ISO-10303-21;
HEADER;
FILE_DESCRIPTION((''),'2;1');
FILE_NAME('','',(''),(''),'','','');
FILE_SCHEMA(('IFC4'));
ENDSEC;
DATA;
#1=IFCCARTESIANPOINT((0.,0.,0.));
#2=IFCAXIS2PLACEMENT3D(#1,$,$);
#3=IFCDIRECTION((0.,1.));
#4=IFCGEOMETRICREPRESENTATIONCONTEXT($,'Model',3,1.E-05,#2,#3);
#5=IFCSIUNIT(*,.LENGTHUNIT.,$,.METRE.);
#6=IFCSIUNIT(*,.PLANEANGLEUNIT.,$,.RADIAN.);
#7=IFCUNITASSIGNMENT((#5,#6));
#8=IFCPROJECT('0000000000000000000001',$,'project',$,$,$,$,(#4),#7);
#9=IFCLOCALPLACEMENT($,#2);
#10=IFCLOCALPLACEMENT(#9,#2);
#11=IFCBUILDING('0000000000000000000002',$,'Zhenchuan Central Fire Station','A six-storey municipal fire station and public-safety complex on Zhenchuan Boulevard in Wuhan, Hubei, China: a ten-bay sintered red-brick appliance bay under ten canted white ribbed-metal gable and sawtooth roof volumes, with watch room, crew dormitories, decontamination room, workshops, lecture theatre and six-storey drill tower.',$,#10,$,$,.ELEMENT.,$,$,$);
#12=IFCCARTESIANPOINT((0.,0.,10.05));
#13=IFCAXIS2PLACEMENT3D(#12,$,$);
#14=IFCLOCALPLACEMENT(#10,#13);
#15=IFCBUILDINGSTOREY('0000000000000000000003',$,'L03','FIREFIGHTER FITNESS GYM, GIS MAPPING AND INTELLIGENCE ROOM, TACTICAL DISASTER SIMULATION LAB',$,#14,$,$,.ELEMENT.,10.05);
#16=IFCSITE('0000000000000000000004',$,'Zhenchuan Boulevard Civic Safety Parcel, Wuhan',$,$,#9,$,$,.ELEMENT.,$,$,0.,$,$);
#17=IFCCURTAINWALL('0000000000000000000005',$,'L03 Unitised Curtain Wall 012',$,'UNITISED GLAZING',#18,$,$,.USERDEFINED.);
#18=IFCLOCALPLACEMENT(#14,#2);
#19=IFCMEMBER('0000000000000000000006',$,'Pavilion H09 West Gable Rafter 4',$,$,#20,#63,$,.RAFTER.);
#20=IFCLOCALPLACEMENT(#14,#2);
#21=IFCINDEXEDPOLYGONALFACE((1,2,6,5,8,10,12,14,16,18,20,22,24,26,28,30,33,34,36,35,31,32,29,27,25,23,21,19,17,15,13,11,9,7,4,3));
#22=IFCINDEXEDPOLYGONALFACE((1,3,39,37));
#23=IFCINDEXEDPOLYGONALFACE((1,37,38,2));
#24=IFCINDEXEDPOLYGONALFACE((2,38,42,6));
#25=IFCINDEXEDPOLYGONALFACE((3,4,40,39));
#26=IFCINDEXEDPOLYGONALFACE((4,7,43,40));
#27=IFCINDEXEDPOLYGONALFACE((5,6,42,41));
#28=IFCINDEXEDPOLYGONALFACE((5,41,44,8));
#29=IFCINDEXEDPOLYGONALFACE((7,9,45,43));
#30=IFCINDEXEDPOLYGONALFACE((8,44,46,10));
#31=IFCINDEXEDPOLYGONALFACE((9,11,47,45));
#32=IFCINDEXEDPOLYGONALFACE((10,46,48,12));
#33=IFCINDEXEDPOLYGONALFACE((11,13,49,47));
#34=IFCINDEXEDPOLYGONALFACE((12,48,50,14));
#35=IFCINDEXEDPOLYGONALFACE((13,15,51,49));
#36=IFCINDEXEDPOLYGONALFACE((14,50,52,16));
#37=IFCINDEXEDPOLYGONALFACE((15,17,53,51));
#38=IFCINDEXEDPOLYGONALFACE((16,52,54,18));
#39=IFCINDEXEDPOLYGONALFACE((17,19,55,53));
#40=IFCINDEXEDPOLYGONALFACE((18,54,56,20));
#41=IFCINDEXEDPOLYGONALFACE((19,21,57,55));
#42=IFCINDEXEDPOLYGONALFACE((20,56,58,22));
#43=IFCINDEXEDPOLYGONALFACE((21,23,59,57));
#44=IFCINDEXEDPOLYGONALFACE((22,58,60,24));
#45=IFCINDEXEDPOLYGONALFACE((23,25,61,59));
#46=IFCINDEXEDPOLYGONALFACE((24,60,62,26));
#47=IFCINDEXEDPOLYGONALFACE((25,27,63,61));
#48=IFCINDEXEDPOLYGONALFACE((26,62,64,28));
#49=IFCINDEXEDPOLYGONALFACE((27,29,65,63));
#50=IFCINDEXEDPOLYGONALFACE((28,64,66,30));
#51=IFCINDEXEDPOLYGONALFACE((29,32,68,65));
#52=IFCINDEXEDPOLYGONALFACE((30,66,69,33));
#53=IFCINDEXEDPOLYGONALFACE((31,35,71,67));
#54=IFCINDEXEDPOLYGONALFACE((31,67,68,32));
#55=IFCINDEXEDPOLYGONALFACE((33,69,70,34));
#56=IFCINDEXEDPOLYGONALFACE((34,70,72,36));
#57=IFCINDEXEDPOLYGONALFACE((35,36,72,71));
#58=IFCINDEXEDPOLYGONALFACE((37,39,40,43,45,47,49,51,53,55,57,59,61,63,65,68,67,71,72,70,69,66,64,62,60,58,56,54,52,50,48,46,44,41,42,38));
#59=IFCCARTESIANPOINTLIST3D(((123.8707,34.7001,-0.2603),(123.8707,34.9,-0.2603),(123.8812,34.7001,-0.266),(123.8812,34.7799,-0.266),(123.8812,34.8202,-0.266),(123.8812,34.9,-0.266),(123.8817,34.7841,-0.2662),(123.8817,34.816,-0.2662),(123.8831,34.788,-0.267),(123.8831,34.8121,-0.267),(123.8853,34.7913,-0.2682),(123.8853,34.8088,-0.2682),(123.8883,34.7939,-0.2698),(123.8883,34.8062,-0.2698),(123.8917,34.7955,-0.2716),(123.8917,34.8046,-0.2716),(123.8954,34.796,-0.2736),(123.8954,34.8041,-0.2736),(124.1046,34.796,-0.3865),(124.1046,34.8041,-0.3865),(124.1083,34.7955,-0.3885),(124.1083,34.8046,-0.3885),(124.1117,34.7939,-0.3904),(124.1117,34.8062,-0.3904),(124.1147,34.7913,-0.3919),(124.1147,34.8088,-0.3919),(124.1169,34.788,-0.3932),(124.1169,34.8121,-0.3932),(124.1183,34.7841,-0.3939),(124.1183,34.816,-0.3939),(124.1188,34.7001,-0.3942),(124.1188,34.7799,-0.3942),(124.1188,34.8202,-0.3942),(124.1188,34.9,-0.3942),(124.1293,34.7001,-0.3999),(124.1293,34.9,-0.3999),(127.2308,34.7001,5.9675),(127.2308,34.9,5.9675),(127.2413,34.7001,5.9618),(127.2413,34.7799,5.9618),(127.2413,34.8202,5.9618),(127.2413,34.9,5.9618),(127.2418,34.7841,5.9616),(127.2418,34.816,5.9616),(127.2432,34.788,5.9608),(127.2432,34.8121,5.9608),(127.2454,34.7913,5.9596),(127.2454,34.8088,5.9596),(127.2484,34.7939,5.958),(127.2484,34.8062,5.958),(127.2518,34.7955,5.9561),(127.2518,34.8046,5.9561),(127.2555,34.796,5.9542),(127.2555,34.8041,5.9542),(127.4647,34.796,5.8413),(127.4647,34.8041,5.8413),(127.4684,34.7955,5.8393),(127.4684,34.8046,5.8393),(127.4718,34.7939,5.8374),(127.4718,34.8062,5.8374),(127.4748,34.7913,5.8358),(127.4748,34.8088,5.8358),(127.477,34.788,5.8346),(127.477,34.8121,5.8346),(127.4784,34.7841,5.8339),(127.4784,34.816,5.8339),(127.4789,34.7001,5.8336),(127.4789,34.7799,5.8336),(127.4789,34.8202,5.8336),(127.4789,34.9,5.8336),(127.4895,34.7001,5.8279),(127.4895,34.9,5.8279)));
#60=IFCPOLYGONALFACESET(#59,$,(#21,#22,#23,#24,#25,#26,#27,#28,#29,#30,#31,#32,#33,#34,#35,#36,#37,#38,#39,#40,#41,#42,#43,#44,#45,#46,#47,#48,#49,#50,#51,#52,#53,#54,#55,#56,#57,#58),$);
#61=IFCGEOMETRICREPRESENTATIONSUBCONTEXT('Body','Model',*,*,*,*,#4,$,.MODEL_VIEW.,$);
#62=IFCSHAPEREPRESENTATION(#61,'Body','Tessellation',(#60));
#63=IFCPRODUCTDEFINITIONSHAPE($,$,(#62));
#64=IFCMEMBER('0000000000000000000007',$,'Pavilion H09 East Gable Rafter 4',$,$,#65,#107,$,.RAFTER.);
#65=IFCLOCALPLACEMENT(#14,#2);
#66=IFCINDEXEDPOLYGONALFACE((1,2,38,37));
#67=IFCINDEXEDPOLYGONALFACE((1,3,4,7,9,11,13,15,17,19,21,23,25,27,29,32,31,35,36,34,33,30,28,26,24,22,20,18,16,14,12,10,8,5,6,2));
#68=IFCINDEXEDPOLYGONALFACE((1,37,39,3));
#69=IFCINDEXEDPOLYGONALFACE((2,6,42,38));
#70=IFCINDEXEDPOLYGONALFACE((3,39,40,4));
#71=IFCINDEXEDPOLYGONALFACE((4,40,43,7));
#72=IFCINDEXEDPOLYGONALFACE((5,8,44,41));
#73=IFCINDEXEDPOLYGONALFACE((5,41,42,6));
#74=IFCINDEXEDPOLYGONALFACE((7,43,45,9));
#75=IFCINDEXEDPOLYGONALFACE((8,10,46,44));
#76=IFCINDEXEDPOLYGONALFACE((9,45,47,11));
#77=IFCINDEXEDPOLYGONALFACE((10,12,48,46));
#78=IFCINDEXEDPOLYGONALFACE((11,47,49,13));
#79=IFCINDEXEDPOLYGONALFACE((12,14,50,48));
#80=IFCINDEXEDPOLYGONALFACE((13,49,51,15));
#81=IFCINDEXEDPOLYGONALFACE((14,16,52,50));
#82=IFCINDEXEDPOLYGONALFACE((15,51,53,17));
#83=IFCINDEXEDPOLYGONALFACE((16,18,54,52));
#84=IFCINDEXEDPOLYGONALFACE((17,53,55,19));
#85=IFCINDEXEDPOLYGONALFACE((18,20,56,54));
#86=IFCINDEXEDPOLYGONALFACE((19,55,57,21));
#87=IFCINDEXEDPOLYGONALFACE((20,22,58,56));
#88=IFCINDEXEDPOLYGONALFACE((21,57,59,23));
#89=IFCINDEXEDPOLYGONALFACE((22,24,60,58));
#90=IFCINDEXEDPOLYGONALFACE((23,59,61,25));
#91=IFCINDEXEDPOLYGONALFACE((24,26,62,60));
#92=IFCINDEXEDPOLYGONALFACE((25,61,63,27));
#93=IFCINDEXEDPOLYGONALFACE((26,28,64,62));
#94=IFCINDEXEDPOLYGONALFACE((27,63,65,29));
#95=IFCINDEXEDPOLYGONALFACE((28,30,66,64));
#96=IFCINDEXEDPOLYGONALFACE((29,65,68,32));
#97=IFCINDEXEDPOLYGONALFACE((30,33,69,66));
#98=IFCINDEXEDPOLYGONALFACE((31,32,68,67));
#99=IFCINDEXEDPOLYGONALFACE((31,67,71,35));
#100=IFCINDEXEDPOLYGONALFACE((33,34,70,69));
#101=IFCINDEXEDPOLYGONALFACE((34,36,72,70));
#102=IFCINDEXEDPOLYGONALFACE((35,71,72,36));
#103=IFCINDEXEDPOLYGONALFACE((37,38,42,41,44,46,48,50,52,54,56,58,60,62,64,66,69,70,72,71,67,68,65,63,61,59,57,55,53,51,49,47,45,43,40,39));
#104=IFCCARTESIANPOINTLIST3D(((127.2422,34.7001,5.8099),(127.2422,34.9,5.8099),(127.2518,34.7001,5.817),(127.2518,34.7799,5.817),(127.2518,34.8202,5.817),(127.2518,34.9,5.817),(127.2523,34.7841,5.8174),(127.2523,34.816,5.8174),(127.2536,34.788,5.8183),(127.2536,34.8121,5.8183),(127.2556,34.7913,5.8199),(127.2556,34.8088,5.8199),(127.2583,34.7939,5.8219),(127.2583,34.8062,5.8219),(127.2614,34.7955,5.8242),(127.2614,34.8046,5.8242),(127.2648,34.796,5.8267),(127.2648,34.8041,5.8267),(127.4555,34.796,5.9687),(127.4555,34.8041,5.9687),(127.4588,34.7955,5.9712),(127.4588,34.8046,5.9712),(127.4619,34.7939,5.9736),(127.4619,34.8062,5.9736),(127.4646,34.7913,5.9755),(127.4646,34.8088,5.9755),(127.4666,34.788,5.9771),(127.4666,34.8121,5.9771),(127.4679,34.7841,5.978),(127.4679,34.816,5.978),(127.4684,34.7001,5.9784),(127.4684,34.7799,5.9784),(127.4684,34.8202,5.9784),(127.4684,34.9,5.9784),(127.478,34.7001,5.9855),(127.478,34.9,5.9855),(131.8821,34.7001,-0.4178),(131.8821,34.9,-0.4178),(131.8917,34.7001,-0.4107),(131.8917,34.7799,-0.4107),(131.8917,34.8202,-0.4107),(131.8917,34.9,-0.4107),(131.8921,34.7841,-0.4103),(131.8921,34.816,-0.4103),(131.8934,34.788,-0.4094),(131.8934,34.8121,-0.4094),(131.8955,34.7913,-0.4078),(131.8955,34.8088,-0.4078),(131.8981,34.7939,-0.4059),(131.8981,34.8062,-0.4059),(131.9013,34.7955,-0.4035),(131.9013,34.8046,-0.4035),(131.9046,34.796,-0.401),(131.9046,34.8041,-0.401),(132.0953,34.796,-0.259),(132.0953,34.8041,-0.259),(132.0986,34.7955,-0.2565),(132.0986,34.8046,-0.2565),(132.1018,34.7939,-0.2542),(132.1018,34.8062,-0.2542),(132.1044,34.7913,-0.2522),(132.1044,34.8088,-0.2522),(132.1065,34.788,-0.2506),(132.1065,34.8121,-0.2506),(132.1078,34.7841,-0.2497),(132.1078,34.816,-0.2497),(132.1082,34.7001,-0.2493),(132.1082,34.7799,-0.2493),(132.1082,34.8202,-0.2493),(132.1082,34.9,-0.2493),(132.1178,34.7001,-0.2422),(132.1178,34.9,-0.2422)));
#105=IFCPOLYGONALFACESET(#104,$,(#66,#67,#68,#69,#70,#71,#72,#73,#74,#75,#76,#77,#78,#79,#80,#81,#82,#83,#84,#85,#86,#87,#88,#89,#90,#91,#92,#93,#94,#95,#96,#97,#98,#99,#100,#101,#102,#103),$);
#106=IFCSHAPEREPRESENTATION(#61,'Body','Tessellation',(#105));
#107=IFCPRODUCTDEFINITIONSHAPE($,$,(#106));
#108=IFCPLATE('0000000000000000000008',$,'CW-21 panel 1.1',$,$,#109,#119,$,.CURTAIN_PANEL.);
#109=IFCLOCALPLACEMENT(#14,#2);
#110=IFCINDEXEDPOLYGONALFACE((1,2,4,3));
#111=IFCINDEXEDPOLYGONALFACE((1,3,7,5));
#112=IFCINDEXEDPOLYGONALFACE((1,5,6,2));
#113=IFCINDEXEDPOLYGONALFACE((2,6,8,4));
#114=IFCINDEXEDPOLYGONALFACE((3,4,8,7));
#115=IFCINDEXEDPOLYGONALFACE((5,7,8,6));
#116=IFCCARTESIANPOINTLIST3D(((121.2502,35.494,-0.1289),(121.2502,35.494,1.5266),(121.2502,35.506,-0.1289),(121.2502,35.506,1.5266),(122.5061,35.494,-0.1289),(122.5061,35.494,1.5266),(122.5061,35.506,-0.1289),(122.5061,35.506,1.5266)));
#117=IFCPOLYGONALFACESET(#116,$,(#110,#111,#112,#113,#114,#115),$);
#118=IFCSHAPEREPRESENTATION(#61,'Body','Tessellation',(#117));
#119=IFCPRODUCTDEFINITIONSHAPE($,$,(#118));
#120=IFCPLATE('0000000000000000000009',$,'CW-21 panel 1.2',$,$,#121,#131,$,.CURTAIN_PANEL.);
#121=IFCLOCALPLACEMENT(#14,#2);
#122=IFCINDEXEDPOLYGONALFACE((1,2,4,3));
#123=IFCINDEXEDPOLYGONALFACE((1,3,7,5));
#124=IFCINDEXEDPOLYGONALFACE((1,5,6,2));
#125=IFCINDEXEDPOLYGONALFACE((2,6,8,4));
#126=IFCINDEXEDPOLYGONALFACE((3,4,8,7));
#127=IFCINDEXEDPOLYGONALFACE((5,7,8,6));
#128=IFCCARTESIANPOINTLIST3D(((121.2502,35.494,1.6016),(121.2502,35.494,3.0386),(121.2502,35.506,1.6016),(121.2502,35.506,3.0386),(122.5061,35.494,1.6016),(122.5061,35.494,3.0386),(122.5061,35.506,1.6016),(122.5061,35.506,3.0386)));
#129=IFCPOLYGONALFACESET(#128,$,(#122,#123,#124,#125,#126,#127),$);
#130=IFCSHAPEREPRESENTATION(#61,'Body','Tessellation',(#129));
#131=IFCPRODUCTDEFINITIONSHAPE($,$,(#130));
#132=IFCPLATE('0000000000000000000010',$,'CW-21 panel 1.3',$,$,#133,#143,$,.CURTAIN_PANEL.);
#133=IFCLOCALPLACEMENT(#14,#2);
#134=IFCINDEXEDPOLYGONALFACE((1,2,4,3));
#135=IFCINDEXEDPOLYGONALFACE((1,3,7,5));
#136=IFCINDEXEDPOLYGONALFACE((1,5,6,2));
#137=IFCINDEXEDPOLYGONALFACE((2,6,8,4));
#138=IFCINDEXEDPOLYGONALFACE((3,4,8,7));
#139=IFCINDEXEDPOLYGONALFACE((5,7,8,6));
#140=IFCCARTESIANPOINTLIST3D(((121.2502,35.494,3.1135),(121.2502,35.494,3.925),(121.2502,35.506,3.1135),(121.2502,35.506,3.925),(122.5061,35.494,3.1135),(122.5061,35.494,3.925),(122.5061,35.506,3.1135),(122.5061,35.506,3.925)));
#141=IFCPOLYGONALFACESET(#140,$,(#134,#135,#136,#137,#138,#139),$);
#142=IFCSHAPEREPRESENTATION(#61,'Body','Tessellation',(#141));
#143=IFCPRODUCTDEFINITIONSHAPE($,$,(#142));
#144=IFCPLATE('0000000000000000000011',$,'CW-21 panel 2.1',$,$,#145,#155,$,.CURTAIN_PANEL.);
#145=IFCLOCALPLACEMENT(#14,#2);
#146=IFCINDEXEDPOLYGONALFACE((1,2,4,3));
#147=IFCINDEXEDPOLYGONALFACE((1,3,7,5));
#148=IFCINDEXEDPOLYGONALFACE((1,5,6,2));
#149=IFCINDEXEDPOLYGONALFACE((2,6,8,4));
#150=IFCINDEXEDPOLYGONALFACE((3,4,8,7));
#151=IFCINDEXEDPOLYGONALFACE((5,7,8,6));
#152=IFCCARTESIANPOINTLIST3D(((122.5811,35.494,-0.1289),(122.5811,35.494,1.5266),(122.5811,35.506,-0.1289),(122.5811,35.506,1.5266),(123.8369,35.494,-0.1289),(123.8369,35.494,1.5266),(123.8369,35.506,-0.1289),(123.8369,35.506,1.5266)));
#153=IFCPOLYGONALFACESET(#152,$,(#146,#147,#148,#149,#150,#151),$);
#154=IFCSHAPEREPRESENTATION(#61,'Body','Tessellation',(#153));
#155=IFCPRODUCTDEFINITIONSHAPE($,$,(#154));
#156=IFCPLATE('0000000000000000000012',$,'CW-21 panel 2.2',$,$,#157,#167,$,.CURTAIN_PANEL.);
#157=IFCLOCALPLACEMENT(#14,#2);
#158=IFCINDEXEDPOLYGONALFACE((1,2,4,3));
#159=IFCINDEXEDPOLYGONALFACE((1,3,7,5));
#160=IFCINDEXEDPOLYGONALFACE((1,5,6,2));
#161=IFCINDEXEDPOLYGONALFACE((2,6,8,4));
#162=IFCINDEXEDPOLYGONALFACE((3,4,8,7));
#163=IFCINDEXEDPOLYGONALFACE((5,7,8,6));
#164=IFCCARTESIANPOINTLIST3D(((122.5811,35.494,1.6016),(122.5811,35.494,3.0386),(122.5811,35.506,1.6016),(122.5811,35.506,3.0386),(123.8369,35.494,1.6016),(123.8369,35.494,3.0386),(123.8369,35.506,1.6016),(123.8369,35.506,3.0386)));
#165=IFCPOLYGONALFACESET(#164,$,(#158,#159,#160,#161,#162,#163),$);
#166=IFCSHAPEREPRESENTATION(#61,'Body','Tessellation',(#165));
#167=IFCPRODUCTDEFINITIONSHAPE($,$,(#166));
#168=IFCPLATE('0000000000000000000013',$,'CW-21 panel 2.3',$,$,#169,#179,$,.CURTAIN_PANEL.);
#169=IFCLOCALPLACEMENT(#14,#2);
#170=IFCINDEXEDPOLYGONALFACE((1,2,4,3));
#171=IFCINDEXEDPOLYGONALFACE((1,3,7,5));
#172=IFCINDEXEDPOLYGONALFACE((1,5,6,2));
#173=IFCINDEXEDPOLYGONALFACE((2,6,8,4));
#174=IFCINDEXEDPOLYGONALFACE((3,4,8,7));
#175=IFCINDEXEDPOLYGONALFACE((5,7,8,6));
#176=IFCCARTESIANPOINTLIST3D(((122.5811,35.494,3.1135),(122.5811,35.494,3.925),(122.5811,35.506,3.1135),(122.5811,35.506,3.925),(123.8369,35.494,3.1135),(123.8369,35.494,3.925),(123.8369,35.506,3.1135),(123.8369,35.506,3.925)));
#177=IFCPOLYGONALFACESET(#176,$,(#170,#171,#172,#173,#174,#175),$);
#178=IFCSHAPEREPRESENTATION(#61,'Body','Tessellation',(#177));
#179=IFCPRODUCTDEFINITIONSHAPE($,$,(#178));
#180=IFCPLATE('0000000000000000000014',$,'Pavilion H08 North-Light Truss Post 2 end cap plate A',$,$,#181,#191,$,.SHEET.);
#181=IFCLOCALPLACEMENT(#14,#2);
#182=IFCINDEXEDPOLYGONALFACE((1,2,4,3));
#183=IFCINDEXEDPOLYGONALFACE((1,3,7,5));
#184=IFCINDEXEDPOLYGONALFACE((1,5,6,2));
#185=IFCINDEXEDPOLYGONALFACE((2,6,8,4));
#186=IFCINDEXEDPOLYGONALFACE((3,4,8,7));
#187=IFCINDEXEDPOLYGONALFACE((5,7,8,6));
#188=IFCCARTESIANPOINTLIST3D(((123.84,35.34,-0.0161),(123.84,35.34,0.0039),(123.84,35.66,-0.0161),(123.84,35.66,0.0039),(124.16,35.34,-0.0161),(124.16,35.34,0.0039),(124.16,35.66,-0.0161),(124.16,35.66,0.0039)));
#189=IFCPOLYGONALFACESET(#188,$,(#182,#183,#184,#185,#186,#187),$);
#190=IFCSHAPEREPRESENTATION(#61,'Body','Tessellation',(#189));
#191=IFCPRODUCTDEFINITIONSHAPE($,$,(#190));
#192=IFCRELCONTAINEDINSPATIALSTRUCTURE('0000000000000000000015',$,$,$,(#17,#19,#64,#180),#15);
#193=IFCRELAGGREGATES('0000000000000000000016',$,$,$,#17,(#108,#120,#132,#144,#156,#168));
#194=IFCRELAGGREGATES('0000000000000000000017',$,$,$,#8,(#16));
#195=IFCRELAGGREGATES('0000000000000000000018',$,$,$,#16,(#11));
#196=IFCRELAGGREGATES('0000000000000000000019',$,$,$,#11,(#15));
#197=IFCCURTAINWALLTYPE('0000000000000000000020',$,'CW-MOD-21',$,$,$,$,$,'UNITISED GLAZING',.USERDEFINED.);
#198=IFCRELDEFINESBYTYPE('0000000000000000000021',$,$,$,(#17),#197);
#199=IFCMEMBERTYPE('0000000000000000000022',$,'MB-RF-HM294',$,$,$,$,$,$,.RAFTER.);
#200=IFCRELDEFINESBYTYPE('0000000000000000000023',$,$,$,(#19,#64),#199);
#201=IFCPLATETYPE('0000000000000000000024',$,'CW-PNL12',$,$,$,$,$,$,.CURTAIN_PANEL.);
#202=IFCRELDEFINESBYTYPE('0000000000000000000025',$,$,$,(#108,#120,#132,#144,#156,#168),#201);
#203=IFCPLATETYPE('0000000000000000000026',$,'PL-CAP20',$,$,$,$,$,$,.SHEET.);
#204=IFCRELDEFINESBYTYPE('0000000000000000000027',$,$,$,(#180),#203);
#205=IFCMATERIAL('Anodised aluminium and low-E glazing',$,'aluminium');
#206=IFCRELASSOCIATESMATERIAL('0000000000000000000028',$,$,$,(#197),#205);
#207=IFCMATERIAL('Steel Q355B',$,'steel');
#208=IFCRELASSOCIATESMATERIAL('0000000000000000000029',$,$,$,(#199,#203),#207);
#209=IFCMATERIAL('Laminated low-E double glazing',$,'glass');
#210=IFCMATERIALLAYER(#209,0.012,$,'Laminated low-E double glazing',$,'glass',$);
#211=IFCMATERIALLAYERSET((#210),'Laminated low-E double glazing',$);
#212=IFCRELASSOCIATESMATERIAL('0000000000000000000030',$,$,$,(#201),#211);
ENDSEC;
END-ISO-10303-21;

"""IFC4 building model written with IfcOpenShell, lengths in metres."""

from ifc_helpers import new_model, si_unit, direction, frame, origin, origin_2d, place, context, subcontext, project, spatial, rectangle, i_section, extrude, material, layer, layer_set, material_profile, profile_set, type_object, element, aggregate, save


model = new_model("IFC4")

# Units and contexts
model_context = context("Model", 3, precision=1e-05, world=origin(), true_north=direction((0.0, 1.0)))
body_context = subcontext(model_context, "Body", "Model", "MODEL_VIEW")
ifc_project = project(units=[si_unit("LENGTHUNIT", "METRE"), si_unit("PLANEANGLEUNIT", "RADIAN")], contexts=[model_context])

# Site, building, storey
site_placement = place(None, origin())
site = spatial("IfcSite", under=ifc_project, at=site_placement, Name="Zhenchuan Boulevard Civic Safety Parcel, Wuhan", CompositionType="ELEMENT", RefElevation=0.0)
building_placement = place(site_placement, origin())
building = spatial("IfcBuilding", under=site, at=building_placement, Name="Zhenchuan Central Fire Station", Description="A six-storey municipal fire station and public-safety complex on Zhenchuan Boulevard in Wuhan, Hubei, China: a ten-bay sintered red-brick appliance bay under ten canted white ribbed-metal gable and sawtooth roof volumes, with watch room, crew dormitories, decontamination room, workshops, lecture theatre and six-storey drill tower.", CompositionType="ELEMENT")
storey_placement = place(building_placement, frame((0.0, 0.0, 10.05)))
storey = spatial("IfcBuildingStorey", under=building, at=storey_placement, Name="L03", Description="FIREFIGHTER FITNESS GYM, GIS MAPPING AND INTELLIGENCE ROOM, TACTICAL DISASTER SIMULATION LAB", CompositionType="ELEMENT", Elevation=10.05)

# Shared definitions
ifc_material_1 = material(Name="Steel Q355B", Category="steel")

# Curtain wall
ifc_material_2 = material(Name="Anodised aluminium and low-E glazing", Category="aluminium")
curtain_wall_type = type_object("IfcCurtainWallType", Name="CW-MOD-21", ElementType="UNITISED GLAZING", PredefinedType="USERDEFINED", material=ifc_material_2)
curtain_wall_1_placement = place(storey_placement, origin())
curtain_wall_1 = element("IfcCurtainWall", 1, at=curtain_wall_1_placement, inside=storey, type_object=curtain_wall_type, Name="L03 Unitised Curtain Wall 012", ObjectType="UNITISED GLAZING", PredefinedType="USERDEFINED")

# Members
ifc_material_profile_1 = material_profile(ifc_material_1, i_section(OverallWidth=0.2, OverallDepth=0.2939, WebThickness=0.0081, FlangeThickness=0.012, FilletRadius=0.0161, at=origin_2d()), Name="HM 294x200")
ifc_profile_set_1 = profile_set([ifc_material_profile_1], Name="Steel Q355B")
member_type_1 = type_object("IfcMemberType", Name="MB-RF-HM294", PredefinedType="RAFTER", material=ifc_profile_set_1)
member_1_placement = place(storey_placement, frame((124.0, 34.8, -0.3301), z_axis=(0.474832, 0.0, 0.880076), x_axis=(0.0, 1.0, 0.0)))
element("IfcMember", 2, at=member_1_placement, inside=storey, type_object=member_type_1, Name="Pavilion H09 West Gable Rafter 4", PredefinedType="RAFTER", context=body_context, shape_type="SweptSolid", body=[
    extrude(i_section(OverallWidth=0.2, OverallDepth=0.2939, WebThickness=0.0081, FlangeThickness=0.012, FilletRadius=0.0161, at=origin_2d()), origin(), (0.0, 0.0, 1.0), 7.0764),
])
member_2_placement = place(storey_placement, frame((127.3601, 34.8, 5.8977), z_axis=(0.597447, 0.0, -0.801909), x_axis=(0.0, 1.0, 0.0)))
element("IfcMember", 3, at=member_2_placement, inside=storey, type_object=member_type_1, Name="Pavilion H09 East Gable Rafter 4", PredefinedType="RAFTER", context=body_context, shape_type="SweptSolid", body=[
    extrude(i_section(OverallWidth=0.2, OverallDepth=0.2939, WebThickness=0.0081, FlangeThickness=0.012, FilletRadius=0.0161, at=origin_2d()), origin(), (0.0, 0.0, 1.0), 7.7661),
])

# Plates
ifc_material_3 = material(Name="Laminated low-E double glazing", Category="glass")
ifc_layer = layer(ifc_material_3, 0.012, Name="Laminated low-E double glazing", Category="glass")
ifc_layer_set = layer_set([ifc_layer], Name="Laminated low-E double glazing")
plate_type_1 = type_object("IfcPlateType", Name="CW-PNL12", PredefinedType="CURTAIN_PANEL", material=ifc_layer_set)
plate_1_placement = place(storey_placement, frame((121.8782, 35.5, -0.1289), z_axis=(0.0, 0.0, 1.0), x_axis=(1.0, 0.0, 0.0)))
plate_1 = element("IfcPlate", 4, at=plate_1_placement, type_object=plate_type_1, Name="CW-21 panel 1.1", PredefinedType="CURTAIN_PANEL", context=body_context, shape_type="SweptSolid", body=[
    extrude(rectangle(XDim=1.2559, YDim=0.012, at=origin_2d()), origin(), (0.0, 0.0, 1.0), 1.6555),
])
plate_2_placement = place(storey_placement, frame((121.8782, 35.5, 1.6016), z_axis=(0.0, 0.0, 1.0), x_axis=(1.0, 0.0, 0.0)))
plate_2 = element("IfcPlate", 5, at=plate_2_placement, type_object=plate_type_1, Name="CW-21 panel 1.2", PredefinedType="CURTAIN_PANEL", context=body_context, shape_type="SweptSolid", body=[
    extrude(rectangle(XDim=1.2559, YDim=0.012, at=origin_2d()), origin(), (0.0, 0.0, 1.0), 1.437),
])
plate_3_placement = place(storey_placement, frame((121.8782, 35.5, 3.1135), z_axis=(0.0, 0.0, 1.0), x_axis=(1.0, 0.0, 0.0)))
plate_3 = element("IfcPlate", 6, at=plate_3_placement, type_object=plate_type_1, Name="CW-21 panel 1.3", PredefinedType="CURTAIN_PANEL", context=body_context, shape_type="SweptSolid", body=[
    extrude(rectangle(XDim=1.2559, YDim=0.012, at=origin_2d()), origin(), (0.0, 0.0, 1.0), 0.8115),
])
plate_4_placement = place(storey_placement, frame((123.209, 35.5, -0.1289), z_axis=(0.0, 0.0, 1.0), x_axis=(1.0, 0.0, 0.0)))
plate_4 = element("IfcPlate", 7, at=plate_4_placement, type_object=plate_type_1, Name="CW-21 panel 2.1", PredefinedType="CURTAIN_PANEL", context=body_context, shape_type="SweptSolid", body=[
    extrude(rectangle(XDim=1.2559, YDim=0.012, at=origin_2d()), origin(), (0.0, 0.0, 1.0), 1.6555),
])
plate_5_placement = place(storey_placement, frame((123.209, 35.5, 1.6016), z_axis=(0.0, 0.0, 1.0), x_axis=(1.0, 0.0, 0.0)))
plate_5 = element("IfcPlate", 8, at=plate_5_placement, type_object=plate_type_1, Name="CW-21 panel 2.2", PredefinedType="CURTAIN_PANEL", context=body_context, shape_type="SweptSolid", body=[
    extrude(rectangle(XDim=1.2559, YDim=0.012, at=origin_2d()), origin(), (0.0, 0.0, 1.0), 1.437),
])
plate_6_placement = place(storey_placement, frame((123.209, 35.5, 3.1135), z_axis=(0.0, 0.0, 1.0), x_axis=(1.0, 0.0, 0.0)))
plate_6 = element("IfcPlate", 9, at=plate_6_placement, type_object=plate_type_1, Name="CW-21 panel 2.3", PredefinedType="CURTAIN_PANEL", context=body_context, shape_type="SweptSolid", body=[
    extrude(rectangle(XDim=1.2559, YDim=0.012, at=origin_2d()), origin(), (0.0, 0.0, 1.0), 0.8115),
])
aggregate(curtain_wall_1, [plate_1, plate_2, plate_3, plate_4, plate_5, plate_6])

# Plate
ifc_material_profile_2 = material_profile(ifc_material_1, rectangle(XDim=0.3201, YDim=0.3201, at=origin_2d()), Name="PL 320x320x20")
ifc_profile_set_2 = profile_set([ifc_material_profile_2], Name="Steel Q355B")
plate_type_2 = type_object("IfcPlateType", Name="PL-CAP20", PredefinedType="SHEET", material=ifc_profile_set_2)
for number, where, z_axis, x_axis, name in (
    (10, (124.0, 35.5, -0.0161), (0.0, 0.0, 1.0), (1.0, 0.0, 0.0), "Pavilion H08 North-Light Truss Post 2 end cap plate A"),
):
    element("IfcPlate", number, at=place(storey_placement, frame(where, z_axis=z_axis, x_axis=x_axis)), inside=storey, type_object=plate_type_2, Name=name, PredefinedType="SHEET", context=body_context, shape_type="SweptSolid", body=[
        extrude(rectangle(XDim=0.3201, YDim=0.3201, at=origin_2d()), origin(), (0.0, 0.0, 1.0), 0.02),
    ])

save(model, "model.ifc")
